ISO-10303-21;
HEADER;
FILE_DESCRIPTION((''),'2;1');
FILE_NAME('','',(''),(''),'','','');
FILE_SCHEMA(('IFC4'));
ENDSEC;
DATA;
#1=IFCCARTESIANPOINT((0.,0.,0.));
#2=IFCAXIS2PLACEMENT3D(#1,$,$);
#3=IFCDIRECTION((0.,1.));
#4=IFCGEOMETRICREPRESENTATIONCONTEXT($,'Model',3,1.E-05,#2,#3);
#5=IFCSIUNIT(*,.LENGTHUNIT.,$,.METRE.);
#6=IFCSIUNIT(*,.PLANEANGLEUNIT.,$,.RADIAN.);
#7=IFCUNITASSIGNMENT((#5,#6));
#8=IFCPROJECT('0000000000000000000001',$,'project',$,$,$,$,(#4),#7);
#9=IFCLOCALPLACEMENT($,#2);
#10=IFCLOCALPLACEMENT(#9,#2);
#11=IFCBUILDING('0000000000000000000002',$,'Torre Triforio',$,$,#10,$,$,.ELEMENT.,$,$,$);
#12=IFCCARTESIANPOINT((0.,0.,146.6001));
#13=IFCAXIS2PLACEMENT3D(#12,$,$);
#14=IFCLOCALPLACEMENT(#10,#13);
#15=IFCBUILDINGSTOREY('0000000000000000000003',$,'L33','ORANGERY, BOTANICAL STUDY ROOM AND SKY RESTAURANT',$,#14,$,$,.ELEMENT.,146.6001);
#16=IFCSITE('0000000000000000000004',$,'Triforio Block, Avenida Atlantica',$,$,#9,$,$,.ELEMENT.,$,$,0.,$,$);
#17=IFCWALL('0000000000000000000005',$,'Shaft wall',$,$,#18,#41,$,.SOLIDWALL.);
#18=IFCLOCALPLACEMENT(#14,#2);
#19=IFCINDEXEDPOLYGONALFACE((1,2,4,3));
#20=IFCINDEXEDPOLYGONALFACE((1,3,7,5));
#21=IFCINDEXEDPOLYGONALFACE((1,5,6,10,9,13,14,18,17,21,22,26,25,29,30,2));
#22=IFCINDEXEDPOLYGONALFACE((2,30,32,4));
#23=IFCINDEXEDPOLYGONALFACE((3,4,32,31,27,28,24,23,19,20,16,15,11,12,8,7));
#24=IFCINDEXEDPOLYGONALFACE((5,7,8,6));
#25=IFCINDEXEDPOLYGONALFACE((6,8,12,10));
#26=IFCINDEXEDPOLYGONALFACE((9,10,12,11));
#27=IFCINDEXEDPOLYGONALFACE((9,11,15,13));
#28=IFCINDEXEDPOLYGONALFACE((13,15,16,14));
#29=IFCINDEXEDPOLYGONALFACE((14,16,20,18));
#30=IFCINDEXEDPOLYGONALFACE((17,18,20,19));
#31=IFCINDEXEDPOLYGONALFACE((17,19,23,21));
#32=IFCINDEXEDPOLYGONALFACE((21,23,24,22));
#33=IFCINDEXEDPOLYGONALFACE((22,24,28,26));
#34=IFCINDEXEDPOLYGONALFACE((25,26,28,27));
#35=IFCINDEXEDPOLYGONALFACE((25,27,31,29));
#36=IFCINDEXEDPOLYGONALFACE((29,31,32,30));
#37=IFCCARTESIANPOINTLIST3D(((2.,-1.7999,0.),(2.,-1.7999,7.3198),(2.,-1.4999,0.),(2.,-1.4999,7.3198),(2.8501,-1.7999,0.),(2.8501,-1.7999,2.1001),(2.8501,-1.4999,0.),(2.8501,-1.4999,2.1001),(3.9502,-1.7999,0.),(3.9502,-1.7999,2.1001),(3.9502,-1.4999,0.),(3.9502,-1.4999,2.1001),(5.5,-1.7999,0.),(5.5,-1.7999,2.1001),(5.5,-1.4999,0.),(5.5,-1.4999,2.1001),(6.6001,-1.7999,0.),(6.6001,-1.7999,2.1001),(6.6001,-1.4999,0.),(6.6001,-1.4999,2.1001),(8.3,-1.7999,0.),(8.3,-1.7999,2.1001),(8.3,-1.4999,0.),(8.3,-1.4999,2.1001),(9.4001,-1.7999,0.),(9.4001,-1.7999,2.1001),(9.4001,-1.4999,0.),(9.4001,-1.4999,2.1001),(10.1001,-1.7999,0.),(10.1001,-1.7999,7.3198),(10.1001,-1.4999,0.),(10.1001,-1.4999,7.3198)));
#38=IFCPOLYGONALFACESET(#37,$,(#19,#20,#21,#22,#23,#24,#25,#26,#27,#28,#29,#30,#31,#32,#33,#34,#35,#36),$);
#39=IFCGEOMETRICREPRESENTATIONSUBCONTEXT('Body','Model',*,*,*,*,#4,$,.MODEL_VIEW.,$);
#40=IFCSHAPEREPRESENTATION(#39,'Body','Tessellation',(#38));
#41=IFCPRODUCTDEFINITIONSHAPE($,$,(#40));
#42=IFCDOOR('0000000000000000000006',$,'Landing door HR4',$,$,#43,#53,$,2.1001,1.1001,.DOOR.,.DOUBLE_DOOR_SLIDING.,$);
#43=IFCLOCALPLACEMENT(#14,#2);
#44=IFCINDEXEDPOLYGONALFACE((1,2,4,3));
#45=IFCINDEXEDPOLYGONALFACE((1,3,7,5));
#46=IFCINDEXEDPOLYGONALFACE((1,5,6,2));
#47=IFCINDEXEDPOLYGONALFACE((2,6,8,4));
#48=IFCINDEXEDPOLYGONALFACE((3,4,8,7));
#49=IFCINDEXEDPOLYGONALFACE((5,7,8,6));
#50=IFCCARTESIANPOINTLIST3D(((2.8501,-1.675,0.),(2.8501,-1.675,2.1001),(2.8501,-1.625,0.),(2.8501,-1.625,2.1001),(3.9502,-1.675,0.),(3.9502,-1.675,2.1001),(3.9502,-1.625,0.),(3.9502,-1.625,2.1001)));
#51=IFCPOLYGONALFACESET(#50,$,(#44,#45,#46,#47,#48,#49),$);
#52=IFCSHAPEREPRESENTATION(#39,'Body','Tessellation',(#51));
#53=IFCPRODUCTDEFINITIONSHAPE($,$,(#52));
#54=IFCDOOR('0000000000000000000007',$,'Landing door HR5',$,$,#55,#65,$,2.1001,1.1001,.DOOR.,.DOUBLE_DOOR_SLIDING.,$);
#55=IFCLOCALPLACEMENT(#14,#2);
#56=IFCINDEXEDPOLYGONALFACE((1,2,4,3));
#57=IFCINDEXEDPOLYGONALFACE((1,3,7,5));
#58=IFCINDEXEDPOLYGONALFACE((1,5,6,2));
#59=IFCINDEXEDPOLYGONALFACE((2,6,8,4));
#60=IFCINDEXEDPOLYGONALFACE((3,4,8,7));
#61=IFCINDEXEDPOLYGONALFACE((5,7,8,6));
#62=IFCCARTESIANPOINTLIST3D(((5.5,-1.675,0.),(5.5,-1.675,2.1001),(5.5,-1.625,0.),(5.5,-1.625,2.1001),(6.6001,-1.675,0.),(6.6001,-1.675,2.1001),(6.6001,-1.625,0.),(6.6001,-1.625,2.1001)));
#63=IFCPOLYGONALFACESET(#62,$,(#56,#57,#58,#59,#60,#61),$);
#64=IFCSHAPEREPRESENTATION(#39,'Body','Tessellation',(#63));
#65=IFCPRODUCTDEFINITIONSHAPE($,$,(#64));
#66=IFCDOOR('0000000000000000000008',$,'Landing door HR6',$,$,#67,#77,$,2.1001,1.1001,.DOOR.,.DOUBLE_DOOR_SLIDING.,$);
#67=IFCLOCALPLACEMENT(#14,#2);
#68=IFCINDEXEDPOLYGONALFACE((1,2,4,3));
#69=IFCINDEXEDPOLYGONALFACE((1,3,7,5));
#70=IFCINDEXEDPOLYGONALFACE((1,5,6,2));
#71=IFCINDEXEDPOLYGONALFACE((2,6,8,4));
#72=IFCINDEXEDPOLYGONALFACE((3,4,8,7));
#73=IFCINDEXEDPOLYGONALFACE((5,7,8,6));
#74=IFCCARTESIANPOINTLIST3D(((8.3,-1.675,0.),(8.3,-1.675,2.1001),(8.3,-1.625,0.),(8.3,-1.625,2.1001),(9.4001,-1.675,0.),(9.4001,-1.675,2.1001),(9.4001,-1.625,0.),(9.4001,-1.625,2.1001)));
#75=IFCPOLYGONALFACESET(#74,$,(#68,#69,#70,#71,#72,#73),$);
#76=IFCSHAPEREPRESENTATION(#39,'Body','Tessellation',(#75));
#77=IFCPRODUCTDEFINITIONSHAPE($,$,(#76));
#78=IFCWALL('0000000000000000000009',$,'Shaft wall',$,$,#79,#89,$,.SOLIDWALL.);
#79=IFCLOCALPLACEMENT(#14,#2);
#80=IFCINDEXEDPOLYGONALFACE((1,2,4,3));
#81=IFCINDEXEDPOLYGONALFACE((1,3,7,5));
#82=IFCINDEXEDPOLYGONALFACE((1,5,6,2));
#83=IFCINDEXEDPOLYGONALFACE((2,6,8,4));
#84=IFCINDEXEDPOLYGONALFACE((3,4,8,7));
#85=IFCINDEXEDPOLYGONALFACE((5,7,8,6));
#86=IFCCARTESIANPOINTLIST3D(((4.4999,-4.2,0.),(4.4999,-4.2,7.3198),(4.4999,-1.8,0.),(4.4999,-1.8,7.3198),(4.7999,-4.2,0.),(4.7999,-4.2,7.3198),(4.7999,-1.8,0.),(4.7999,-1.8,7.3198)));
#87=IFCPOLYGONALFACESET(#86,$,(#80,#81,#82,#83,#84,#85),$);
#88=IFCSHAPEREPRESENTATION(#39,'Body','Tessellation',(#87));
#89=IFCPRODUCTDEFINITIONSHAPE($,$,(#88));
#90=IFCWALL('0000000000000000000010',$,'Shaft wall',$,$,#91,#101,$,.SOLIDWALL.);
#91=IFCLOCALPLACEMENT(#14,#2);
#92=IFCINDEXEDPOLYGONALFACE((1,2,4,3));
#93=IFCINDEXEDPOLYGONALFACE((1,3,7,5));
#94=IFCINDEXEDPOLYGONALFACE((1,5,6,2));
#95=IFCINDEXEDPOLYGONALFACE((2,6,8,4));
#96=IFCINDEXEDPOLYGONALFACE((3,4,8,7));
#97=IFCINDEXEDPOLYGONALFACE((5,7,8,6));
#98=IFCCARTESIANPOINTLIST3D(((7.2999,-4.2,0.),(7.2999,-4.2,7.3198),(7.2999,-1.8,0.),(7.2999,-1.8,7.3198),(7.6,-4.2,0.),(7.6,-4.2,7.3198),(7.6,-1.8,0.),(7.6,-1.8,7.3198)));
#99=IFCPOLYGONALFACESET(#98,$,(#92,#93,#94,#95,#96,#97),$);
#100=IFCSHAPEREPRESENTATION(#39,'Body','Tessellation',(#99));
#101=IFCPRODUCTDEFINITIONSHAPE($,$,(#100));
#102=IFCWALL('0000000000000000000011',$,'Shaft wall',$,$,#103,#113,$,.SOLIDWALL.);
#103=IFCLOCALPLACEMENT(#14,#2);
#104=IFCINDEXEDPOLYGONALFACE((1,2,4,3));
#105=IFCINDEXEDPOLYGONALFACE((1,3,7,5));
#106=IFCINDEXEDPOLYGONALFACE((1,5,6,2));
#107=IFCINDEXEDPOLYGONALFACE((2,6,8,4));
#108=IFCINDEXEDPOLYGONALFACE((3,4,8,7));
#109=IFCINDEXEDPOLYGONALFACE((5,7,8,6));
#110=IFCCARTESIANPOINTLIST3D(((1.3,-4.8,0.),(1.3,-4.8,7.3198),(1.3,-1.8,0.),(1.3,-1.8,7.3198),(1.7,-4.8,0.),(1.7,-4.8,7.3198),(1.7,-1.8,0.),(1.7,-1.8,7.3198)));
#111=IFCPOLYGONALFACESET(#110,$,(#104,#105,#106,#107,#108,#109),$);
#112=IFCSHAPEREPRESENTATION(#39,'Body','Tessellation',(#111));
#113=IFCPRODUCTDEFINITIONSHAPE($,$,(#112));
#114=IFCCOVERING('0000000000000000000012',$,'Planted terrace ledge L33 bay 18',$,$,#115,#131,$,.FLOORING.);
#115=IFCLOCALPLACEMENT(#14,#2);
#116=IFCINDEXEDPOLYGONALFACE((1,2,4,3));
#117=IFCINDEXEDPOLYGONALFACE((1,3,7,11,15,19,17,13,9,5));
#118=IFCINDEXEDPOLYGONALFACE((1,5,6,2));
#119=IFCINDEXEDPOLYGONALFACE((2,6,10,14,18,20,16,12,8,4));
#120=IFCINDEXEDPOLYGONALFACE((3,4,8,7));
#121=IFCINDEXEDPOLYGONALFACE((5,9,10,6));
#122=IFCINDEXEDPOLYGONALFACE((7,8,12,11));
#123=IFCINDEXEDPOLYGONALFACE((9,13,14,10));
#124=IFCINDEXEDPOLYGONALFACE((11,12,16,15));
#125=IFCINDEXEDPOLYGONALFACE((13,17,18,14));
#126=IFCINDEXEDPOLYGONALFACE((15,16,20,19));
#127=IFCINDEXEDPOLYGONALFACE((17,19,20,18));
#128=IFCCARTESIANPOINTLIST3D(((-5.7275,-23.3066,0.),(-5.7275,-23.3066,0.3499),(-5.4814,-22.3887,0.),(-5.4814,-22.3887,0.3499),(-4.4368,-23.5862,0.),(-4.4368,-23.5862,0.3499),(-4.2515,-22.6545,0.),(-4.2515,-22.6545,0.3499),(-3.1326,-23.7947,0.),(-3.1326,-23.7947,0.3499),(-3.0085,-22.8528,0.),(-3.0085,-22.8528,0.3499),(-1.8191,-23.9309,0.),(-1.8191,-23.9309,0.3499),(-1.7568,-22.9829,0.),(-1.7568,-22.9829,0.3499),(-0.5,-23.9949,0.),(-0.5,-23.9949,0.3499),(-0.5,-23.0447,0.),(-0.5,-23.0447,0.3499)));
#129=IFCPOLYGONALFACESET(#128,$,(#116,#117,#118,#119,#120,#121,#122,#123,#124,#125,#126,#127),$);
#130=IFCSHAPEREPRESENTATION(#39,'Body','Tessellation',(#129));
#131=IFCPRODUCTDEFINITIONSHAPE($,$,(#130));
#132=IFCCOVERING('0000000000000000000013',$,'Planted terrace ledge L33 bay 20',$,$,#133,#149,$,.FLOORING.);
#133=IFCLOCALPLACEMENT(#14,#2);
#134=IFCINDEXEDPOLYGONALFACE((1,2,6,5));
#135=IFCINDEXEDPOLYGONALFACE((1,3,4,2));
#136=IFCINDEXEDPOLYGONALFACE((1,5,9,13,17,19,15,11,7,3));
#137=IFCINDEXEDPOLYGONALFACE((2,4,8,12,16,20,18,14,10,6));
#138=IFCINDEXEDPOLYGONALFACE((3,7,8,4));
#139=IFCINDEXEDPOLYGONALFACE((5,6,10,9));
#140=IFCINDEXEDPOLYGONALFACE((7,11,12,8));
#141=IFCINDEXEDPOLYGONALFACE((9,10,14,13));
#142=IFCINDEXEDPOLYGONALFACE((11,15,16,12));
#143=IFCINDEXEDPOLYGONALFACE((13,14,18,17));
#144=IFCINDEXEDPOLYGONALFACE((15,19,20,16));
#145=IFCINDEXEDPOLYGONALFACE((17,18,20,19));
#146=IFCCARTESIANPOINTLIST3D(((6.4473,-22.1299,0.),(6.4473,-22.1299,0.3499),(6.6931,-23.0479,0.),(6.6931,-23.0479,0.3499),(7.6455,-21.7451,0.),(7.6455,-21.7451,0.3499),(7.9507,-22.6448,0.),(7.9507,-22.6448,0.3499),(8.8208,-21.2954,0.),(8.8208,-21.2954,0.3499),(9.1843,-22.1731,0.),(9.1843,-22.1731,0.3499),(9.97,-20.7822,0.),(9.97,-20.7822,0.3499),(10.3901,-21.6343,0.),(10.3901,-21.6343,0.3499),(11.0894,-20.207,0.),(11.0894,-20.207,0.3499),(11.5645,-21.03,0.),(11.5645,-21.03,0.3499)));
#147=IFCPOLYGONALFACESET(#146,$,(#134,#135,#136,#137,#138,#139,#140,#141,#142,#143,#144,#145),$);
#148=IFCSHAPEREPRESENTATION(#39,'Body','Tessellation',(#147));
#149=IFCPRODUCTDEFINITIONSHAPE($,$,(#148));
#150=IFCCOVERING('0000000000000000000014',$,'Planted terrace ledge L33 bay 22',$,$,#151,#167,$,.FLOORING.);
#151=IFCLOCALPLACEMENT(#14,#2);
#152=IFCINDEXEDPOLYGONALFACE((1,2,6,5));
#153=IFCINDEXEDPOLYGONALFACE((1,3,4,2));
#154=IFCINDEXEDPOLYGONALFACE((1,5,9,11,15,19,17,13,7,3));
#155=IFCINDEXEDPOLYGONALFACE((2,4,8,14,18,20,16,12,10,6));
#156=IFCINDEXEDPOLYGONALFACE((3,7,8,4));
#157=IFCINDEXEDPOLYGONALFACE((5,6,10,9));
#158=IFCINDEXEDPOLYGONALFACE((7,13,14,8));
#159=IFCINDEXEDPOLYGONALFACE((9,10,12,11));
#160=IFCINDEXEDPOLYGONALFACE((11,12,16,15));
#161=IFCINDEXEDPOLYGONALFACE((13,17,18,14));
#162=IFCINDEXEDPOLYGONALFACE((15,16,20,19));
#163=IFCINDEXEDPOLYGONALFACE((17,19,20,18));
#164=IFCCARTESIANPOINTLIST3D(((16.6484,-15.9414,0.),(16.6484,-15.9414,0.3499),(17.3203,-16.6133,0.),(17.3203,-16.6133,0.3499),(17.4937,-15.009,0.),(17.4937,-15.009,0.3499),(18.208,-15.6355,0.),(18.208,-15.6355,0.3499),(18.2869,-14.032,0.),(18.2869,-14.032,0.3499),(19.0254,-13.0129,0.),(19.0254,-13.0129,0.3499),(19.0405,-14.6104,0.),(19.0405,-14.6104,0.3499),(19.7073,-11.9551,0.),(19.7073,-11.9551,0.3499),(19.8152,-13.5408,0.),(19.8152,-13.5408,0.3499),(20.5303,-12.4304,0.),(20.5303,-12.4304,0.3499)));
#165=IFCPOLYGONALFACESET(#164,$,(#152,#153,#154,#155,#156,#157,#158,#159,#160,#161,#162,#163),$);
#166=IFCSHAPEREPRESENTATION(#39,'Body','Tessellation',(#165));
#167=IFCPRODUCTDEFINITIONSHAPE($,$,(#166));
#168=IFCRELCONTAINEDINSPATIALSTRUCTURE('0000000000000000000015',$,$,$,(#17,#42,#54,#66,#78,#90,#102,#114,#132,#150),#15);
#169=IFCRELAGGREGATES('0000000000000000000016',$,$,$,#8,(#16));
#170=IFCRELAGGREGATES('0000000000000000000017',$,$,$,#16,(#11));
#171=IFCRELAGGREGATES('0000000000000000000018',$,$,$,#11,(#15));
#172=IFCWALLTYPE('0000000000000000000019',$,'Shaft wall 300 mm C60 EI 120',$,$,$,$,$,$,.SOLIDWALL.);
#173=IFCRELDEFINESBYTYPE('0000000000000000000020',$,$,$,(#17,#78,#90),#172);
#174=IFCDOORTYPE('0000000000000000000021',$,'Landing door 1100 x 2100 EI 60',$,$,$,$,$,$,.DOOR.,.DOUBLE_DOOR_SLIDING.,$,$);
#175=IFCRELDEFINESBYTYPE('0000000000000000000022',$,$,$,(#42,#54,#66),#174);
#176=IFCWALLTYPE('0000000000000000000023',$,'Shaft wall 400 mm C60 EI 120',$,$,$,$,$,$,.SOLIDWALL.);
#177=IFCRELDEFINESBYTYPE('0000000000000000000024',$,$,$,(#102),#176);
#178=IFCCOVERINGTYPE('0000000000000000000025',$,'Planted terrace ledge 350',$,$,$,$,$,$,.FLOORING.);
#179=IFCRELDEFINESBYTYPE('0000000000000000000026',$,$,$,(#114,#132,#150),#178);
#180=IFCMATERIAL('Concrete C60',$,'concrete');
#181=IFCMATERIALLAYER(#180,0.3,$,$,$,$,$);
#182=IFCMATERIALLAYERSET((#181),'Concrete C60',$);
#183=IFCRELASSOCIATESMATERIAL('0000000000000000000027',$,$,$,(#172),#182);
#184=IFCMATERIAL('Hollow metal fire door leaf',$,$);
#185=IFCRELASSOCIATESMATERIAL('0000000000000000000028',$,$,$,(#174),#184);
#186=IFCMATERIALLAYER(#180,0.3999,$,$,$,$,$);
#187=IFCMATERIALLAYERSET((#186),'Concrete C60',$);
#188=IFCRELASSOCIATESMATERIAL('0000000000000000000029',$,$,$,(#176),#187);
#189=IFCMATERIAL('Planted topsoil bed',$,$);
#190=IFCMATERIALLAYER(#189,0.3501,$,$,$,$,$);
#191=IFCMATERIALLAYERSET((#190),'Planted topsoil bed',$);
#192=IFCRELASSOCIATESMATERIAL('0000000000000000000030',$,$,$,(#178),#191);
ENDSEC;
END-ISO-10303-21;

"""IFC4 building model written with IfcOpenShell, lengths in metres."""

from ifc_helpers import new_model, si_unit, direction, frame, frame_2d, origin, place, context, subcontext, project, spatial, polyline, rectangle, outline, extrude, material, layer, layer_set, type_object, element, fill, save


model = new_model("IFC4")

# Units and contexts
model_context = context("Model", 3, precision=1e-05, world=origin(), true_north=direction((0.0, 1.0)))
body_context = subcontext(model_context, "Body", "Model", "MODEL_VIEW")
ifc_project = project(units=[si_unit("LENGTHUNIT", "METRE"), si_unit("PLANEANGLEUNIT", "RADIAN")], contexts=[model_context])

# Site, building, storey
site_placement = place(None, origin())
site = spatial("IfcSite", under=ifc_project, at=site_placement, Name="Triforio Block, Avenida Atlantica", CompositionType="ELEMENT", RefElevation=0.0)
building_placement = place(site_placement, origin())
building = spatial("IfcBuilding", under=site, at=building_placement, Name="Torre Triforio", CompositionType="ELEMENT")
storey_placement = place(building_placement, frame((0.0, 0.0, 146.6001)))
storey = spatial("IfcBuildingStorey", under=building, at=storey_placement, Name="L33", Description="ORANGERY, BOTANICAL STUDY ROOM AND SKY RESTAURANT", CompositionType="ELEMENT", Elevation=146.6001)

# Shared definitions
ifc_material_1 = material(Name="Concrete C60", Category="concrete")

# Shared definitions
ifc_material_2 = material(Name="Hollow metal fire door leaf")

# Shared definitions
ifc_layer_1 = layer(ifc_material_1, 0.3)
ifc_layer_set_1 = layer_set([ifc_layer_1], Name="Concrete C60")
wall_type_1 = type_object("IfcWallType", Name="Shaft wall 300 mm C60 EI 120", PredefinedType="SOLIDWALL", material=ifc_layer_set_1)

# Wall, openings, doors
wall_1_placement = place(storey_placement, frame((2.0, -1.6499, 0.0), z_axis=(0.0, 0.0, 1.0), x_axis=(1.0, 0.0, 0.0)))
wall_1 = element("IfcWall", 1, at=wall_1_placement, inside=storey, type_object=wall_type_1, Name="Shaft wall", PredefinedType="SOLIDWALL", context=body_context, shape_type="SweptSolid", body=[
    extrude(rectangle(XDim=8.1001, YDim=0.3, at=frame_2d((4.05, 0.0))), origin(), (0.0, 0.0, 1.0), 7.3198),
])
opening_1_placement = place(wall_1_placement, frame((0.8501, 0.0, 0.0)))
opening_1 = element("IfcOpeningElement", 2, at=opening_1_placement, cuts=wall_1, PredefinedType="OPENING", context=body_context, shape_type="SweptSolid", body=[
    extrude(rectangle(XDim=1.1001, YDim=2.1001, at=frame_2d((0.55, 1.05))), frame((0.0, 0.1599, 0.0), z_axis=(0.0, -1.0, 0.0), x_axis=(1.0, 0.0, 0.0)), (0.0, 0.0, 1.0), 0.3201),
])
opening_2_placement = place(wall_1_placement, frame((3.5, 0.0, 0.0)))
opening_2 = element("IfcOpeningElement", 3, at=opening_2_placement, cuts=wall_1, PredefinedType="OPENING", context=body_context, shape_type="SweptSolid", body=[
    extrude(rectangle(XDim=1.1001, YDim=2.1001, at=frame_2d((0.55, 1.05))), frame((0.0, 0.1599, 0.0), z_axis=(0.0, -1.0, 0.0), x_axis=(1.0, 0.0, 0.0)), (0.0, 0.0, 1.0), 0.3201),
])
opening_3_placement = place(wall_1_placement, frame((6.3, 0.0, 0.0)))
opening_3 = element("IfcOpeningElement", 4, at=opening_3_placement, cuts=wall_1, PredefinedType="OPENING", context=body_context, shape_type="SweptSolid", body=[
    extrude(rectangle(XDim=1.1001, YDim=2.1001, at=frame_2d((0.55, 1.05))), frame((0.0, 0.1599, 0.0), z_axis=(0.0, -1.0, 0.0), x_axis=(1.0, 0.0, 0.0)), (0.0, 0.0, 1.0), 0.3201),
])
door_type_1 = type_object("IfcDoorType", Name="Landing door 1100 x 2100 EI 60", OperationType="DOUBLE_DOOR_SLIDING", PredefinedType="DOOR", material=ifc_material_2)
door_1_placement = place(opening_1_placement, origin())
door_1 = element("IfcDoor", 5, at=door_1_placement, inside=storey, type_object=door_type_1, Name="Landing door HR4", OperationType="DOUBLE_DOOR_SLIDING", OverallHeight=2.1001, OverallWidth=1.1001, PredefinedType="DOOR", context=body_context, shape_type="SweptSolid", body=[
    extrude(rectangle(XDim=1.1001, YDim=2.1001, at=frame_2d((0.55, 1.05))), frame((0.0, 0.0249, 0.0), z_axis=(0.0, -1.0, 0.0), x_axis=(1.0, 0.0, 0.0)), (0.0, 0.0, 1.0), 0.05),
])
fill(opening_1, door_1)
door_2_placement = place(opening_2_placement, origin())
door_2 = element("IfcDoor", 6, at=door_2_placement, inside=storey, type_object=door_type_1, Name="Landing door HR5", OperationType="DOUBLE_DOOR_SLIDING", OverallHeight=2.1001, OverallWidth=1.1001, PredefinedType="DOOR", context=body_context, shape_type="SweptSolid", body=[
    extrude(rectangle(XDim=1.1001, YDim=2.1001, at=frame_2d((0.55, 1.05))), frame((0.0, 0.0249, 0.0), z_axis=(0.0, -1.0, 0.0), x_axis=(1.0, 0.0, 0.0)), (0.0, 0.0, 1.0), 0.05),
])
fill(opening_2, door_2)
door_3_placement = place(opening_3_placement, origin())
door_3 = element("IfcDoor", 7, at=door_3_placement, inside=storey, type_object=door_type_1, Name="Landing door HR6", OperationType="DOUBLE_DOOR_SLIDING", OverallHeight=2.1001, OverallWidth=1.1001, PredefinedType="DOOR", context=body_context, shape_type="SweptSolid", body=[
    extrude(rectangle(XDim=1.1001, YDim=2.1001, at=frame_2d((0.55, 1.05))), frame((0.0, 0.0249, 0.0), z_axis=(0.0, -1.0, 0.0), x_axis=(1.0, 0.0, 0.0)), (0.0, 0.0, 1.0), 0.05),
])
fill(opening_3, door_3)

# Walls
for number, where, z_axis, x_axis, name in (
    (8, (4.6499, -4.2, 0.0), (0.0, 0.0, 1.0), (0.0, 1.0, 0.0), "Shaft wall"),
    (9, (7.45, -4.2, 0.0), (0.0, 0.0, 1.0), (0.0, 1.0, 0.0), "Shaft wall"),
):
    element("IfcWall", number, at=place(storey_placement, frame(where, z_axis=z_axis, x_axis=x_axis)), inside=storey, type_object=wall_type_1, Name=name, PredefinedType="SOLIDWALL", context=body_context, shape_type="SweptSolid", body=[
        extrude(rectangle(XDim=2.3999, YDim=0.3, at=frame_2d((1.2, 0.0))), origin(), (0.0, 0.0, 1.0), 7.3198),
    ])
ifc_layer_2 = layer(ifc_material_1, 0.3999)
ifc_layer_set_2 = layer_set([ifc_layer_2], Name="Concrete C60")
wall_type_2 = type_object("IfcWallType", Name="Shaft wall 400 mm C60 EI 120", PredefinedType="SOLIDWALL", material=ifc_layer_set_2)
wall_2_placement = place(storey_placement, frame((1.5, -4.8, 0.0), z_axis=(0.0, 0.0, 1.0), x_axis=(0.0, 1.0, 0.0)))
element("IfcWall", 10, at=wall_2_placement, inside=storey, type_object=wall_type_2, Name="Shaft wall", PredefinedType="SOLIDWALL", context=body_context, shape_type="SweptSolid", body=[
    extrude(rectangle(XDim=3.0, YDim=0.3999, at=frame_2d((1.5, 0.0))), origin(), (0.0, 0.0, 1.0), 7.3198),
])

# Coverings
ifc_material_3 = material(Name="Planted topsoil bed")
ifc_layer_3 = layer(ifc_material_3, 0.3501)
ifc_layer_set_3 = layer_set([ifc_layer_3], Name="Planted topsoil bed")
covering_type = type_object("IfcCoveringType", Name="Planted terrace ledge 350", PredefinedType="FLOORING", material=ifc_layer_set_3)
covering_1_placement = place(storey_placement, origin())
element("IfcCovering", 11, at=covering_1_placement, inside=storey, type_object=covering_type, Name="Planted terrace ledge L33 bay 18", PredefinedType="FLOORING", context=body_context, shape_type="SweptSolid", body=[
    extrude(outline(polyline([(-5.4814, -22.3887), (-4.2515, -22.6545), (-3.0085, -22.8528), (-1.7568, -22.9829), (-0.5, -23.0447), (-0.5, -23.9949), (-1.8191, -23.9309), (-3.1326, -23.7947), (-4.4368, -23.5862), (-5.7275, -23.3066), (-5.4814, -22.3887)])), origin(), (0.0, 0.0, 1.0), 0.3499),
])
covering_2_placement = place(storey_placement, origin())
element("IfcCovering", 12, at=covering_2_placement, inside=storey, type_object=covering_type, Name="Planted terrace ledge L33 bay 20", PredefinedType="FLOORING", context=body_context, shape_type="SweptSolid", body=[
    extrude(outline(polyline([(6.4473, -22.1299), (7.6455, -21.7451), (8.8208, -21.2954), (9.97, -20.7822), (11.0894, -20.207), (11.5645, -21.03), (10.3901, -21.6343), (9.1843, -22.1731), (7.9507, -22.6448), (6.6931, -23.0479), (6.4473, -22.1299)])), origin(), (0.0, 0.0, 1.0), 0.3499),
])
covering_3_placement = place(storey_placement, origin())
element("IfcCovering", 13, at=covering_3_placement, inside=storey, type_object=covering_type, Name="Planted terrace ledge L33 bay 22", PredefinedType="FLOORING", context=body_context, shape_type="SweptSolid", body=[
    extrude(outline(polyline([(16.6484, -15.9414), (17.4937, -15.009), (18.2869, -14.032), (19.0254, -13.0129), (19.7073, -11.9551), (20.5303, -12.4304), (19.8152, -13.5408), (19.0405, -14.6104), (18.208, -15.6355), (17.3203, -16.6133), (16.6484, -15.9414)])), origin(), (0.0, 0.0, 1.0), 0.3499),
])

save(model, "model.ifc")
